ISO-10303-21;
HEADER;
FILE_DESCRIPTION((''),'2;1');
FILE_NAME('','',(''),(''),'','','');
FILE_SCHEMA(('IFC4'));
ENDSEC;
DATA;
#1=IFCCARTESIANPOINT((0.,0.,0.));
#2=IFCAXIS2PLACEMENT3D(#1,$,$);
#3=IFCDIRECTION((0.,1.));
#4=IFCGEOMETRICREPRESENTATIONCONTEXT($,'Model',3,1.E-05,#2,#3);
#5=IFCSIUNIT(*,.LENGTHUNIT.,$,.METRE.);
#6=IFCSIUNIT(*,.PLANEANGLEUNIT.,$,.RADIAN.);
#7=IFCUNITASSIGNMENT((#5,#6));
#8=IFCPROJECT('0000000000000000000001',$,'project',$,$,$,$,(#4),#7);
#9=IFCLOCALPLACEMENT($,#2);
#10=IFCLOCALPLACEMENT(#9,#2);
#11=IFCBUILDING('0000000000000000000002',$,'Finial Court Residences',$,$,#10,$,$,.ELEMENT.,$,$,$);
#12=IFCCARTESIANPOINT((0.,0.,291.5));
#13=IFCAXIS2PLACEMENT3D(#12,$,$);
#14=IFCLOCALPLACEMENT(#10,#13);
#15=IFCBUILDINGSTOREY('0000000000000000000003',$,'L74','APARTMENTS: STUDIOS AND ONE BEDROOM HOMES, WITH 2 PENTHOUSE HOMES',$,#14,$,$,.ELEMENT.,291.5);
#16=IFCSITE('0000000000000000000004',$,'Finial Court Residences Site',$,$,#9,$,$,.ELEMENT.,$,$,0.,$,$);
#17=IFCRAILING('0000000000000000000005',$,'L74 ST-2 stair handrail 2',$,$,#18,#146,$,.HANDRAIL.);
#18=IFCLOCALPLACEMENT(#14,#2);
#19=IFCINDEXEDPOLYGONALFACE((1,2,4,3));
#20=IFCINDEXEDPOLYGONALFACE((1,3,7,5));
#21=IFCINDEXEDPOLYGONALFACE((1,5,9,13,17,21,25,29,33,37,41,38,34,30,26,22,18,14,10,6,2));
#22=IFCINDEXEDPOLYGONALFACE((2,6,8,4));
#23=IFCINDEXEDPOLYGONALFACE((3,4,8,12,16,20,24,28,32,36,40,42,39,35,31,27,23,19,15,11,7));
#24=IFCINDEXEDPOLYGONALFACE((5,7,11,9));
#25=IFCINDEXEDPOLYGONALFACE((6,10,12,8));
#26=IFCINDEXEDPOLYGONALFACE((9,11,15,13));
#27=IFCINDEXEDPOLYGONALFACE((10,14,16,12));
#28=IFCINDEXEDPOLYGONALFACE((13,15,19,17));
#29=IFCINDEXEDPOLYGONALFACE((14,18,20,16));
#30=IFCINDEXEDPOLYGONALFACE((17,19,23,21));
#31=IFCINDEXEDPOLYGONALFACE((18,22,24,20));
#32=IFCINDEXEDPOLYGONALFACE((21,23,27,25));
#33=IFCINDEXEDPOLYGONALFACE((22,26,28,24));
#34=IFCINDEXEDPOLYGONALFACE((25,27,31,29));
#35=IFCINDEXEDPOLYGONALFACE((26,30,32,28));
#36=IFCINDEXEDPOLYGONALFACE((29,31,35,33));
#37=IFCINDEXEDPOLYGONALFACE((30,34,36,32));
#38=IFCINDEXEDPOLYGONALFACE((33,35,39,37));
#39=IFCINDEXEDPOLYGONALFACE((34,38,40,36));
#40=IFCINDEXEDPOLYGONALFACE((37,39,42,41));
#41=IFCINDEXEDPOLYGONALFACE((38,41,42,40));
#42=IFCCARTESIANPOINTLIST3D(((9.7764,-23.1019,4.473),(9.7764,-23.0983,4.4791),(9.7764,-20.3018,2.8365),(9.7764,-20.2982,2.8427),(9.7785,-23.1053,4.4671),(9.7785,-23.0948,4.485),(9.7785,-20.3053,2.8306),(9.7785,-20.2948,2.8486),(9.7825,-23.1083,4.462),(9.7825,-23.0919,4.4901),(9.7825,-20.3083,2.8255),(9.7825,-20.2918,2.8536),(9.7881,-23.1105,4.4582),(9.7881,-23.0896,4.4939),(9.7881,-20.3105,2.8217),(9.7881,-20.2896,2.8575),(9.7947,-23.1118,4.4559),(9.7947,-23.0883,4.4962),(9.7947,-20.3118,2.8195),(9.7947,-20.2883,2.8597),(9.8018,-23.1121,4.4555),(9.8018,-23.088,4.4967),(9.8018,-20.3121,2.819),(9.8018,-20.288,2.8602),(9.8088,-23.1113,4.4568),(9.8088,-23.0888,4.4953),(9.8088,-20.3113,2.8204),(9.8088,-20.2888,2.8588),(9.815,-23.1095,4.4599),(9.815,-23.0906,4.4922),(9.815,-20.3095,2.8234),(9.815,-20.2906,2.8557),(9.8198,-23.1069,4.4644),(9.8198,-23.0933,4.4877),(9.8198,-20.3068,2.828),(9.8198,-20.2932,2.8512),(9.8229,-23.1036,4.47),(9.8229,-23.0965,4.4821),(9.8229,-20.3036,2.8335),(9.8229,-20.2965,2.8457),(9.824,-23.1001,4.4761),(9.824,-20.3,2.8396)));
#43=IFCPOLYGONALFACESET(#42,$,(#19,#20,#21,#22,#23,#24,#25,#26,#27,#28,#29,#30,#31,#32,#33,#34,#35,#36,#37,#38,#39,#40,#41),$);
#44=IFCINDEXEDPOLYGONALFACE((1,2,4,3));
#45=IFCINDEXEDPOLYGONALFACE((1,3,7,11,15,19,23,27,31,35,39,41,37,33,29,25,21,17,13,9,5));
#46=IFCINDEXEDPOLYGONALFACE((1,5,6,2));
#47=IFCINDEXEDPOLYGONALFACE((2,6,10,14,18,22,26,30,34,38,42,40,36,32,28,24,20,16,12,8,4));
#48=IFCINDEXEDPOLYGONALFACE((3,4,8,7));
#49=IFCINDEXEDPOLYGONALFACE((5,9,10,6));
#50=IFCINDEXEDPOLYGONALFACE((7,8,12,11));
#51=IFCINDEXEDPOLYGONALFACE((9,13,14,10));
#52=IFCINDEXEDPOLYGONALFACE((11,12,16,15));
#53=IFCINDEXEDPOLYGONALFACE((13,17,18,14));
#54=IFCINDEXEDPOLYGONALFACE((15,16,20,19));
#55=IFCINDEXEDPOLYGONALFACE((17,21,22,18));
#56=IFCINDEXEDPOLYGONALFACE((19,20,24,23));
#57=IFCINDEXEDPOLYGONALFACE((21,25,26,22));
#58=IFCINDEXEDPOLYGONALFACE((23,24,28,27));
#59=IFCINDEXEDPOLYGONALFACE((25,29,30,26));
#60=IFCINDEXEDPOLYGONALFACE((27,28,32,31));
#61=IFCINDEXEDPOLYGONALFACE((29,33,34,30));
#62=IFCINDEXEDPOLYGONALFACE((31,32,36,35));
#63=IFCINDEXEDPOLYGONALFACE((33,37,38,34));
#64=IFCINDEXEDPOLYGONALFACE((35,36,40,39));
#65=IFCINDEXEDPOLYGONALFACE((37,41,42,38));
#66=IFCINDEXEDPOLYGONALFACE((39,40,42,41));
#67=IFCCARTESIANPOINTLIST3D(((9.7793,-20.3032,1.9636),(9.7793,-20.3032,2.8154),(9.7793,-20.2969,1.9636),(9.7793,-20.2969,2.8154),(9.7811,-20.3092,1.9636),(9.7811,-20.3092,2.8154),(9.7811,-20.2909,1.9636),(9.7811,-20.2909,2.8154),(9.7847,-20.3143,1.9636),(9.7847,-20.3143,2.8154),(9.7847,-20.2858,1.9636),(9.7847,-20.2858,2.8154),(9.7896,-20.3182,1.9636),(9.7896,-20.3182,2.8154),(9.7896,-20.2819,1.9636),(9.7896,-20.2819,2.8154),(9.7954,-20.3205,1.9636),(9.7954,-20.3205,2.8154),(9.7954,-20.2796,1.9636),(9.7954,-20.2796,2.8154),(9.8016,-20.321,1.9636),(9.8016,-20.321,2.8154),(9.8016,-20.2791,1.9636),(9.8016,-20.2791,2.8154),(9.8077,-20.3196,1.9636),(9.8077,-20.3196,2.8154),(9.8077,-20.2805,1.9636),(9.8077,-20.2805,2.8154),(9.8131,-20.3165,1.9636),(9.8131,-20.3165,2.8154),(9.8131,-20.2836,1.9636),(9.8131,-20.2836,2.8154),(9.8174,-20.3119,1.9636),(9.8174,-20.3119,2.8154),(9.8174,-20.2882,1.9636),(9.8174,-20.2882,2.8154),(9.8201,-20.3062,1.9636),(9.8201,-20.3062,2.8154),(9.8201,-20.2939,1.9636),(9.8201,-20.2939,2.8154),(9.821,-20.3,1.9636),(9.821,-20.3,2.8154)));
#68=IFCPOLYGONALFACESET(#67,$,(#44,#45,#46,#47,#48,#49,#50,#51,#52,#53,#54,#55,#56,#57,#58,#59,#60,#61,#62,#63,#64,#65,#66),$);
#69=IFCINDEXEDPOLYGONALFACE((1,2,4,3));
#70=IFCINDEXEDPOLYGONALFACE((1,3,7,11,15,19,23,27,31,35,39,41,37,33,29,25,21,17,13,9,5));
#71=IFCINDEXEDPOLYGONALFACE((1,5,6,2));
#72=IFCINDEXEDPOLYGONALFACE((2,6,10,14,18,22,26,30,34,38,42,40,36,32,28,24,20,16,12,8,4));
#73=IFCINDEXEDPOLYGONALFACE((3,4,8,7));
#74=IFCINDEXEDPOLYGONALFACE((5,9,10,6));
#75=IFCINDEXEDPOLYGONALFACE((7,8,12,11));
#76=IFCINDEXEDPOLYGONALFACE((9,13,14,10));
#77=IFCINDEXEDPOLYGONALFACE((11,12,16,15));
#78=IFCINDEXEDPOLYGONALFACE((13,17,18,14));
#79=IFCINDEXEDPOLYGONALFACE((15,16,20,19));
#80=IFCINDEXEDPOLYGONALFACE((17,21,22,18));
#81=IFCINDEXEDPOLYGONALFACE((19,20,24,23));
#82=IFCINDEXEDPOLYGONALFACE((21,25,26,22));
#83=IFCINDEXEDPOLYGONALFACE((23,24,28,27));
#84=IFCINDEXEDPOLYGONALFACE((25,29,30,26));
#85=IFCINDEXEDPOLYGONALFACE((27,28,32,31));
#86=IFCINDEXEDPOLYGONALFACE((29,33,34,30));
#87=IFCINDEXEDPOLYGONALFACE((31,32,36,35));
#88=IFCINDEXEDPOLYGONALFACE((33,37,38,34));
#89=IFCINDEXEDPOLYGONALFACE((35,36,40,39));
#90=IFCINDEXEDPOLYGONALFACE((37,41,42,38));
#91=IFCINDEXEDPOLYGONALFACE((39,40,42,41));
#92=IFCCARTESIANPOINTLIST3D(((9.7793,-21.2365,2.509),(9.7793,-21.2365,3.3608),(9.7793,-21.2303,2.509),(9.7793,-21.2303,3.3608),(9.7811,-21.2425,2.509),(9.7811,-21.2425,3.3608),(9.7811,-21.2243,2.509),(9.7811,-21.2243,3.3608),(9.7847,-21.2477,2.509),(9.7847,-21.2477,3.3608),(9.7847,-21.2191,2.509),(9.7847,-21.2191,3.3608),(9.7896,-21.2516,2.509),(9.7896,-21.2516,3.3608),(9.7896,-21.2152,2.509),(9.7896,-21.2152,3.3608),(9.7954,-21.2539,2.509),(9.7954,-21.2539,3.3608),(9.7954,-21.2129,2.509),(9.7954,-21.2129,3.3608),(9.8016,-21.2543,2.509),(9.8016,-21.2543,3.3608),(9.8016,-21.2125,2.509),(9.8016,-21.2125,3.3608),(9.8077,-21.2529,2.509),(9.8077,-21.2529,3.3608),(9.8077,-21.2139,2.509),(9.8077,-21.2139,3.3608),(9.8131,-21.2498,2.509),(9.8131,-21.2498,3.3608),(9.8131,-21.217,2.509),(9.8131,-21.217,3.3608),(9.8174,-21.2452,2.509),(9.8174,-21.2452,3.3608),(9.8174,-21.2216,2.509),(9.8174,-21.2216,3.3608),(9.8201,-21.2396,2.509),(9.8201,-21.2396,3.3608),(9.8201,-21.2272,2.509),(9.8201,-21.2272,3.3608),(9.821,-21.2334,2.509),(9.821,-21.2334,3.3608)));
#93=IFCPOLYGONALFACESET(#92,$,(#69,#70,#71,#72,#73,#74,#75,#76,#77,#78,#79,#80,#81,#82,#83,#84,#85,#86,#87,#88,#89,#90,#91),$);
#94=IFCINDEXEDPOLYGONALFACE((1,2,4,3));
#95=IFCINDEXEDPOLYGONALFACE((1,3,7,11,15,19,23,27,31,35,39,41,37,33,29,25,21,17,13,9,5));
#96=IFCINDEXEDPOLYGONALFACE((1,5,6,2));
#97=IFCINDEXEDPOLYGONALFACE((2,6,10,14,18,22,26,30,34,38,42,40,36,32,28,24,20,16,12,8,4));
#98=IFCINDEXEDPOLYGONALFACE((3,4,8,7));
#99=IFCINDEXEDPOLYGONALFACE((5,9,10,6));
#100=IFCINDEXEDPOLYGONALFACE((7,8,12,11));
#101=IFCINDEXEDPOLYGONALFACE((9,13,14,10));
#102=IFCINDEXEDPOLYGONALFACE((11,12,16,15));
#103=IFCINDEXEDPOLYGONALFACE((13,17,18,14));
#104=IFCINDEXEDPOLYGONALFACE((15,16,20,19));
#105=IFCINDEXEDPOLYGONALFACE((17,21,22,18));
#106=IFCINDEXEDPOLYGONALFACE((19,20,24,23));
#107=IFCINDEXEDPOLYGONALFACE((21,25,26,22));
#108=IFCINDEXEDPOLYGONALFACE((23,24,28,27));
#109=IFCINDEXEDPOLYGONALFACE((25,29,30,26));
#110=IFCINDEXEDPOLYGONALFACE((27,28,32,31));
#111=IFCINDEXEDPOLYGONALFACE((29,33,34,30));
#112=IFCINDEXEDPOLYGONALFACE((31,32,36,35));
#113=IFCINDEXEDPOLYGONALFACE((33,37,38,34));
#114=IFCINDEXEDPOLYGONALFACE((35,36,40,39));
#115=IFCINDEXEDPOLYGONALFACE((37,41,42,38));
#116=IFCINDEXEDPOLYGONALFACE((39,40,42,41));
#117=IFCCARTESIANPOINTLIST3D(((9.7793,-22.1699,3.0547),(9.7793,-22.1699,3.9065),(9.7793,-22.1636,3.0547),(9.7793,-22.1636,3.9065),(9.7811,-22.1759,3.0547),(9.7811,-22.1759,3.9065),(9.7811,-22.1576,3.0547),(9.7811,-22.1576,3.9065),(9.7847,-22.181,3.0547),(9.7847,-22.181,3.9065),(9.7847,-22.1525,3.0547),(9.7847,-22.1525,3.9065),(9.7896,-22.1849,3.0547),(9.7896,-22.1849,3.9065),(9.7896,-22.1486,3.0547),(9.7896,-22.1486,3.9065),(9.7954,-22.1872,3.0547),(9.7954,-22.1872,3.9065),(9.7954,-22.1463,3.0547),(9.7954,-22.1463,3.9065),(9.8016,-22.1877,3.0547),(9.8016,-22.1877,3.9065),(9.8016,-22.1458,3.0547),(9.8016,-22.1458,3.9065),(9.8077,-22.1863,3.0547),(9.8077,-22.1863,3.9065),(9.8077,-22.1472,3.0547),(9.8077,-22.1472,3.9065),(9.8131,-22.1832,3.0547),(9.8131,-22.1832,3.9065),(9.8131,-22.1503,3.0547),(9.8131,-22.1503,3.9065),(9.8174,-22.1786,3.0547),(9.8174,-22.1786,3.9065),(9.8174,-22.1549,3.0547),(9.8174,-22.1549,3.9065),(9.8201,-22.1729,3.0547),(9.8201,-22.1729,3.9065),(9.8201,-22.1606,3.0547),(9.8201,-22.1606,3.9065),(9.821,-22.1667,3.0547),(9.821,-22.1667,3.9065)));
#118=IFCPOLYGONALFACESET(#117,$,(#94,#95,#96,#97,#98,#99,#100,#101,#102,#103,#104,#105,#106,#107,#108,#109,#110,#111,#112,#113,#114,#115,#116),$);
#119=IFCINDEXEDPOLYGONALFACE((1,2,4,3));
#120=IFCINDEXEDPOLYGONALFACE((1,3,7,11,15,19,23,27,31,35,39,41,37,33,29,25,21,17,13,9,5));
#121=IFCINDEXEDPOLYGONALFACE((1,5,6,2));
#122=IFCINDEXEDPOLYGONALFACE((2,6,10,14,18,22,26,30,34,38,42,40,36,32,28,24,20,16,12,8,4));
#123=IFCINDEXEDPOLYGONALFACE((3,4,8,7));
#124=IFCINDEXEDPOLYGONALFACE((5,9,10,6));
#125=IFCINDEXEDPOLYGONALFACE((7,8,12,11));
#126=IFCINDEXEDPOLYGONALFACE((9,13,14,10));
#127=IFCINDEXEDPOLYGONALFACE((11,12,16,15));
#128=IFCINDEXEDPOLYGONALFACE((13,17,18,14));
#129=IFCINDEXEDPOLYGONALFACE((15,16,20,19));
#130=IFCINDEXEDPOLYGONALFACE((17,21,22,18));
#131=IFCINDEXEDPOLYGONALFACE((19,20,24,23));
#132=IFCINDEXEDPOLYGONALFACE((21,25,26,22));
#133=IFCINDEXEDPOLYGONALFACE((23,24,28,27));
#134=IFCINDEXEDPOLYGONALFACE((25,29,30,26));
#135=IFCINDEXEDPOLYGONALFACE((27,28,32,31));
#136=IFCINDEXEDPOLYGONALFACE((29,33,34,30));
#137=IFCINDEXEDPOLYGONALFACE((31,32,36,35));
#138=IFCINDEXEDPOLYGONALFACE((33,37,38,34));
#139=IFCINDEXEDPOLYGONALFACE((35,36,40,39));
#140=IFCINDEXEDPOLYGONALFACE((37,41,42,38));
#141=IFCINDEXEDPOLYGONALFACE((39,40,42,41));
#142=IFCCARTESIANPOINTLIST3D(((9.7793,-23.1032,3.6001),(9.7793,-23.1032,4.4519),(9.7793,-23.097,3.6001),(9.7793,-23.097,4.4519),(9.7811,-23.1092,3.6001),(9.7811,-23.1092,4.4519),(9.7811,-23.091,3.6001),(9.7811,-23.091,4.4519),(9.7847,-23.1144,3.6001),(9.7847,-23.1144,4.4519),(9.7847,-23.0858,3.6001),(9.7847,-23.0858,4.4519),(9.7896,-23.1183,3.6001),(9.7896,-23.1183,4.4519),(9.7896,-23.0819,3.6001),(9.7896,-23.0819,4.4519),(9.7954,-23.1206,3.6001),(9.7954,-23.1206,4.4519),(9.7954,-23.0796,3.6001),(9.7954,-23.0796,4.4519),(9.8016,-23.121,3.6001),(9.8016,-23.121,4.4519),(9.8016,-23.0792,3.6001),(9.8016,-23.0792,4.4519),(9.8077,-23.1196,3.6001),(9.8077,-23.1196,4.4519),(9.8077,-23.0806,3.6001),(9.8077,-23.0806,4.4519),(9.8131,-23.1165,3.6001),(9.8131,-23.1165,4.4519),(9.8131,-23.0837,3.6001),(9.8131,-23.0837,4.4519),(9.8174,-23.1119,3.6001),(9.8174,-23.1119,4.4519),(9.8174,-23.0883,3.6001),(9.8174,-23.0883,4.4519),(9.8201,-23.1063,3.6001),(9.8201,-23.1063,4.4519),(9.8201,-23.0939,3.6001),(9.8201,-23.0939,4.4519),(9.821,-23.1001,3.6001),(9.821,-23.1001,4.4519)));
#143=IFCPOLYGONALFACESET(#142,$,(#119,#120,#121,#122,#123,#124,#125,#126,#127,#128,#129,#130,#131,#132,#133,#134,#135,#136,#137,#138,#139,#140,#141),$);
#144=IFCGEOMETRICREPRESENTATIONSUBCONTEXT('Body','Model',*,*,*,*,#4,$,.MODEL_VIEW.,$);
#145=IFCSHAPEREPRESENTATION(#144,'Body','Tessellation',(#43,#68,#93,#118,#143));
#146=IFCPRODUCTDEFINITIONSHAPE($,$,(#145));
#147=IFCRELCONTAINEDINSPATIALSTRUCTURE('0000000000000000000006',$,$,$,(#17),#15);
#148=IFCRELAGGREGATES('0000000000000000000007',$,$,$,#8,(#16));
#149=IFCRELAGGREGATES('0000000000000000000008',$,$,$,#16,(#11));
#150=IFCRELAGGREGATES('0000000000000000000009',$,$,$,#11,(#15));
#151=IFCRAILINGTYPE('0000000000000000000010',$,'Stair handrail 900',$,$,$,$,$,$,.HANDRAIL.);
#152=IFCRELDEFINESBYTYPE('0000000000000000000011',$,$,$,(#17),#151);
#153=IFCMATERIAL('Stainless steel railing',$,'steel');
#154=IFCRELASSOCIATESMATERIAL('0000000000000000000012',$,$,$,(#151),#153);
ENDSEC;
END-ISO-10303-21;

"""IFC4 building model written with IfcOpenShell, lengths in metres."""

from ifc_helpers import new_model, si_unit, direction, frame, origin, origin_2d, place, context, subcontext, project, spatial, circle, extrude, material, type_object, element, save


model = new_model("IFC4")

# Units and contexts
model_context = context("Model", 3, precision=1e-05, world=origin(), true_north=direction((0.0, 1.0)))
body_context = subcontext(model_context, "Body", "Model", "MODEL_VIEW")
ifc_project = project(units=[si_unit("LENGTHUNIT", "METRE"), si_unit("PLANEANGLEUNIT", "RADIAN")], contexts=[model_context])

# Site, building, storey
site_placement = place(None, origin())
site = spatial("IfcSite", under=ifc_project, at=site_placement, Name="Finial Court Residences Site", CompositionType="ELEMENT", RefElevation=0.0)
building_placement = place(site_placement, origin())
building = spatial("IfcBuilding", under=site, at=building_placement, Name="Finial Court Residences", CompositionType="ELEMENT")
storey_placement = place(building_placement, frame((0.0, 0.0, 291.5)))
storey = spatial("IfcBuildingStorey", under=building, at=storey_placement, Name="L74", Description="APARTMENTS: STUDIOS AND ONE BEDROOM HOMES, WITH 2 PENTHOUSE HOMES", CompositionType="ELEMENT", Elevation=291.5)

# Railing
ifc_material_1 = material(Name="Stainless steel railing", Category="steel")
railing_type_1 = type_object("IfcRailingType", Name="Stair handrail 900", PredefinedType="HANDRAIL", material=ifc_material_1)
railing_1_placement = place(storey_placement, frame((9.8, -20.3, 1.9636)))
element("IfcRailing", 1, at=railing_1_placement, inside=storey, type_object=railing_type_1, Name="L74 ST-2 stair handrail 2", PredefinedType="HANDRAIL", context=body_context, shape_type="SweptSolid", body=[
    extrude(circle(Radius=0.0239, at=origin_2d()), frame((0.0, 0.0, 0.876), z_axis=(0.0, -0.863361, 0.504587), x_axis=(1.0, 0.0, 0.0)), (0.0, 0.0, 1.0), 3.2432),
    extrude(circle(Radius=0.021, at=origin_2d()), origin(), (0.0, 0.0, 1.0), 0.8518),
    extrude(circle(Radius=0.021, at=origin_2d()), frame((0.0, -0.9333, 0.5454)), (0.0, 0.0, 1.0), 0.8518),
    extrude(circle(Radius=0.021, at=origin_2d()), frame((0.0, -1.8667, 1.0911)), (0.0, 0.0, 1.0), 0.8518),
    extrude(circle(Radius=0.021, at=origin_2d()), frame((0.0, -2.8, 1.6365)), (0.0, 0.0, 1.0), 0.8518),
])

save(model, "model.ifc")
